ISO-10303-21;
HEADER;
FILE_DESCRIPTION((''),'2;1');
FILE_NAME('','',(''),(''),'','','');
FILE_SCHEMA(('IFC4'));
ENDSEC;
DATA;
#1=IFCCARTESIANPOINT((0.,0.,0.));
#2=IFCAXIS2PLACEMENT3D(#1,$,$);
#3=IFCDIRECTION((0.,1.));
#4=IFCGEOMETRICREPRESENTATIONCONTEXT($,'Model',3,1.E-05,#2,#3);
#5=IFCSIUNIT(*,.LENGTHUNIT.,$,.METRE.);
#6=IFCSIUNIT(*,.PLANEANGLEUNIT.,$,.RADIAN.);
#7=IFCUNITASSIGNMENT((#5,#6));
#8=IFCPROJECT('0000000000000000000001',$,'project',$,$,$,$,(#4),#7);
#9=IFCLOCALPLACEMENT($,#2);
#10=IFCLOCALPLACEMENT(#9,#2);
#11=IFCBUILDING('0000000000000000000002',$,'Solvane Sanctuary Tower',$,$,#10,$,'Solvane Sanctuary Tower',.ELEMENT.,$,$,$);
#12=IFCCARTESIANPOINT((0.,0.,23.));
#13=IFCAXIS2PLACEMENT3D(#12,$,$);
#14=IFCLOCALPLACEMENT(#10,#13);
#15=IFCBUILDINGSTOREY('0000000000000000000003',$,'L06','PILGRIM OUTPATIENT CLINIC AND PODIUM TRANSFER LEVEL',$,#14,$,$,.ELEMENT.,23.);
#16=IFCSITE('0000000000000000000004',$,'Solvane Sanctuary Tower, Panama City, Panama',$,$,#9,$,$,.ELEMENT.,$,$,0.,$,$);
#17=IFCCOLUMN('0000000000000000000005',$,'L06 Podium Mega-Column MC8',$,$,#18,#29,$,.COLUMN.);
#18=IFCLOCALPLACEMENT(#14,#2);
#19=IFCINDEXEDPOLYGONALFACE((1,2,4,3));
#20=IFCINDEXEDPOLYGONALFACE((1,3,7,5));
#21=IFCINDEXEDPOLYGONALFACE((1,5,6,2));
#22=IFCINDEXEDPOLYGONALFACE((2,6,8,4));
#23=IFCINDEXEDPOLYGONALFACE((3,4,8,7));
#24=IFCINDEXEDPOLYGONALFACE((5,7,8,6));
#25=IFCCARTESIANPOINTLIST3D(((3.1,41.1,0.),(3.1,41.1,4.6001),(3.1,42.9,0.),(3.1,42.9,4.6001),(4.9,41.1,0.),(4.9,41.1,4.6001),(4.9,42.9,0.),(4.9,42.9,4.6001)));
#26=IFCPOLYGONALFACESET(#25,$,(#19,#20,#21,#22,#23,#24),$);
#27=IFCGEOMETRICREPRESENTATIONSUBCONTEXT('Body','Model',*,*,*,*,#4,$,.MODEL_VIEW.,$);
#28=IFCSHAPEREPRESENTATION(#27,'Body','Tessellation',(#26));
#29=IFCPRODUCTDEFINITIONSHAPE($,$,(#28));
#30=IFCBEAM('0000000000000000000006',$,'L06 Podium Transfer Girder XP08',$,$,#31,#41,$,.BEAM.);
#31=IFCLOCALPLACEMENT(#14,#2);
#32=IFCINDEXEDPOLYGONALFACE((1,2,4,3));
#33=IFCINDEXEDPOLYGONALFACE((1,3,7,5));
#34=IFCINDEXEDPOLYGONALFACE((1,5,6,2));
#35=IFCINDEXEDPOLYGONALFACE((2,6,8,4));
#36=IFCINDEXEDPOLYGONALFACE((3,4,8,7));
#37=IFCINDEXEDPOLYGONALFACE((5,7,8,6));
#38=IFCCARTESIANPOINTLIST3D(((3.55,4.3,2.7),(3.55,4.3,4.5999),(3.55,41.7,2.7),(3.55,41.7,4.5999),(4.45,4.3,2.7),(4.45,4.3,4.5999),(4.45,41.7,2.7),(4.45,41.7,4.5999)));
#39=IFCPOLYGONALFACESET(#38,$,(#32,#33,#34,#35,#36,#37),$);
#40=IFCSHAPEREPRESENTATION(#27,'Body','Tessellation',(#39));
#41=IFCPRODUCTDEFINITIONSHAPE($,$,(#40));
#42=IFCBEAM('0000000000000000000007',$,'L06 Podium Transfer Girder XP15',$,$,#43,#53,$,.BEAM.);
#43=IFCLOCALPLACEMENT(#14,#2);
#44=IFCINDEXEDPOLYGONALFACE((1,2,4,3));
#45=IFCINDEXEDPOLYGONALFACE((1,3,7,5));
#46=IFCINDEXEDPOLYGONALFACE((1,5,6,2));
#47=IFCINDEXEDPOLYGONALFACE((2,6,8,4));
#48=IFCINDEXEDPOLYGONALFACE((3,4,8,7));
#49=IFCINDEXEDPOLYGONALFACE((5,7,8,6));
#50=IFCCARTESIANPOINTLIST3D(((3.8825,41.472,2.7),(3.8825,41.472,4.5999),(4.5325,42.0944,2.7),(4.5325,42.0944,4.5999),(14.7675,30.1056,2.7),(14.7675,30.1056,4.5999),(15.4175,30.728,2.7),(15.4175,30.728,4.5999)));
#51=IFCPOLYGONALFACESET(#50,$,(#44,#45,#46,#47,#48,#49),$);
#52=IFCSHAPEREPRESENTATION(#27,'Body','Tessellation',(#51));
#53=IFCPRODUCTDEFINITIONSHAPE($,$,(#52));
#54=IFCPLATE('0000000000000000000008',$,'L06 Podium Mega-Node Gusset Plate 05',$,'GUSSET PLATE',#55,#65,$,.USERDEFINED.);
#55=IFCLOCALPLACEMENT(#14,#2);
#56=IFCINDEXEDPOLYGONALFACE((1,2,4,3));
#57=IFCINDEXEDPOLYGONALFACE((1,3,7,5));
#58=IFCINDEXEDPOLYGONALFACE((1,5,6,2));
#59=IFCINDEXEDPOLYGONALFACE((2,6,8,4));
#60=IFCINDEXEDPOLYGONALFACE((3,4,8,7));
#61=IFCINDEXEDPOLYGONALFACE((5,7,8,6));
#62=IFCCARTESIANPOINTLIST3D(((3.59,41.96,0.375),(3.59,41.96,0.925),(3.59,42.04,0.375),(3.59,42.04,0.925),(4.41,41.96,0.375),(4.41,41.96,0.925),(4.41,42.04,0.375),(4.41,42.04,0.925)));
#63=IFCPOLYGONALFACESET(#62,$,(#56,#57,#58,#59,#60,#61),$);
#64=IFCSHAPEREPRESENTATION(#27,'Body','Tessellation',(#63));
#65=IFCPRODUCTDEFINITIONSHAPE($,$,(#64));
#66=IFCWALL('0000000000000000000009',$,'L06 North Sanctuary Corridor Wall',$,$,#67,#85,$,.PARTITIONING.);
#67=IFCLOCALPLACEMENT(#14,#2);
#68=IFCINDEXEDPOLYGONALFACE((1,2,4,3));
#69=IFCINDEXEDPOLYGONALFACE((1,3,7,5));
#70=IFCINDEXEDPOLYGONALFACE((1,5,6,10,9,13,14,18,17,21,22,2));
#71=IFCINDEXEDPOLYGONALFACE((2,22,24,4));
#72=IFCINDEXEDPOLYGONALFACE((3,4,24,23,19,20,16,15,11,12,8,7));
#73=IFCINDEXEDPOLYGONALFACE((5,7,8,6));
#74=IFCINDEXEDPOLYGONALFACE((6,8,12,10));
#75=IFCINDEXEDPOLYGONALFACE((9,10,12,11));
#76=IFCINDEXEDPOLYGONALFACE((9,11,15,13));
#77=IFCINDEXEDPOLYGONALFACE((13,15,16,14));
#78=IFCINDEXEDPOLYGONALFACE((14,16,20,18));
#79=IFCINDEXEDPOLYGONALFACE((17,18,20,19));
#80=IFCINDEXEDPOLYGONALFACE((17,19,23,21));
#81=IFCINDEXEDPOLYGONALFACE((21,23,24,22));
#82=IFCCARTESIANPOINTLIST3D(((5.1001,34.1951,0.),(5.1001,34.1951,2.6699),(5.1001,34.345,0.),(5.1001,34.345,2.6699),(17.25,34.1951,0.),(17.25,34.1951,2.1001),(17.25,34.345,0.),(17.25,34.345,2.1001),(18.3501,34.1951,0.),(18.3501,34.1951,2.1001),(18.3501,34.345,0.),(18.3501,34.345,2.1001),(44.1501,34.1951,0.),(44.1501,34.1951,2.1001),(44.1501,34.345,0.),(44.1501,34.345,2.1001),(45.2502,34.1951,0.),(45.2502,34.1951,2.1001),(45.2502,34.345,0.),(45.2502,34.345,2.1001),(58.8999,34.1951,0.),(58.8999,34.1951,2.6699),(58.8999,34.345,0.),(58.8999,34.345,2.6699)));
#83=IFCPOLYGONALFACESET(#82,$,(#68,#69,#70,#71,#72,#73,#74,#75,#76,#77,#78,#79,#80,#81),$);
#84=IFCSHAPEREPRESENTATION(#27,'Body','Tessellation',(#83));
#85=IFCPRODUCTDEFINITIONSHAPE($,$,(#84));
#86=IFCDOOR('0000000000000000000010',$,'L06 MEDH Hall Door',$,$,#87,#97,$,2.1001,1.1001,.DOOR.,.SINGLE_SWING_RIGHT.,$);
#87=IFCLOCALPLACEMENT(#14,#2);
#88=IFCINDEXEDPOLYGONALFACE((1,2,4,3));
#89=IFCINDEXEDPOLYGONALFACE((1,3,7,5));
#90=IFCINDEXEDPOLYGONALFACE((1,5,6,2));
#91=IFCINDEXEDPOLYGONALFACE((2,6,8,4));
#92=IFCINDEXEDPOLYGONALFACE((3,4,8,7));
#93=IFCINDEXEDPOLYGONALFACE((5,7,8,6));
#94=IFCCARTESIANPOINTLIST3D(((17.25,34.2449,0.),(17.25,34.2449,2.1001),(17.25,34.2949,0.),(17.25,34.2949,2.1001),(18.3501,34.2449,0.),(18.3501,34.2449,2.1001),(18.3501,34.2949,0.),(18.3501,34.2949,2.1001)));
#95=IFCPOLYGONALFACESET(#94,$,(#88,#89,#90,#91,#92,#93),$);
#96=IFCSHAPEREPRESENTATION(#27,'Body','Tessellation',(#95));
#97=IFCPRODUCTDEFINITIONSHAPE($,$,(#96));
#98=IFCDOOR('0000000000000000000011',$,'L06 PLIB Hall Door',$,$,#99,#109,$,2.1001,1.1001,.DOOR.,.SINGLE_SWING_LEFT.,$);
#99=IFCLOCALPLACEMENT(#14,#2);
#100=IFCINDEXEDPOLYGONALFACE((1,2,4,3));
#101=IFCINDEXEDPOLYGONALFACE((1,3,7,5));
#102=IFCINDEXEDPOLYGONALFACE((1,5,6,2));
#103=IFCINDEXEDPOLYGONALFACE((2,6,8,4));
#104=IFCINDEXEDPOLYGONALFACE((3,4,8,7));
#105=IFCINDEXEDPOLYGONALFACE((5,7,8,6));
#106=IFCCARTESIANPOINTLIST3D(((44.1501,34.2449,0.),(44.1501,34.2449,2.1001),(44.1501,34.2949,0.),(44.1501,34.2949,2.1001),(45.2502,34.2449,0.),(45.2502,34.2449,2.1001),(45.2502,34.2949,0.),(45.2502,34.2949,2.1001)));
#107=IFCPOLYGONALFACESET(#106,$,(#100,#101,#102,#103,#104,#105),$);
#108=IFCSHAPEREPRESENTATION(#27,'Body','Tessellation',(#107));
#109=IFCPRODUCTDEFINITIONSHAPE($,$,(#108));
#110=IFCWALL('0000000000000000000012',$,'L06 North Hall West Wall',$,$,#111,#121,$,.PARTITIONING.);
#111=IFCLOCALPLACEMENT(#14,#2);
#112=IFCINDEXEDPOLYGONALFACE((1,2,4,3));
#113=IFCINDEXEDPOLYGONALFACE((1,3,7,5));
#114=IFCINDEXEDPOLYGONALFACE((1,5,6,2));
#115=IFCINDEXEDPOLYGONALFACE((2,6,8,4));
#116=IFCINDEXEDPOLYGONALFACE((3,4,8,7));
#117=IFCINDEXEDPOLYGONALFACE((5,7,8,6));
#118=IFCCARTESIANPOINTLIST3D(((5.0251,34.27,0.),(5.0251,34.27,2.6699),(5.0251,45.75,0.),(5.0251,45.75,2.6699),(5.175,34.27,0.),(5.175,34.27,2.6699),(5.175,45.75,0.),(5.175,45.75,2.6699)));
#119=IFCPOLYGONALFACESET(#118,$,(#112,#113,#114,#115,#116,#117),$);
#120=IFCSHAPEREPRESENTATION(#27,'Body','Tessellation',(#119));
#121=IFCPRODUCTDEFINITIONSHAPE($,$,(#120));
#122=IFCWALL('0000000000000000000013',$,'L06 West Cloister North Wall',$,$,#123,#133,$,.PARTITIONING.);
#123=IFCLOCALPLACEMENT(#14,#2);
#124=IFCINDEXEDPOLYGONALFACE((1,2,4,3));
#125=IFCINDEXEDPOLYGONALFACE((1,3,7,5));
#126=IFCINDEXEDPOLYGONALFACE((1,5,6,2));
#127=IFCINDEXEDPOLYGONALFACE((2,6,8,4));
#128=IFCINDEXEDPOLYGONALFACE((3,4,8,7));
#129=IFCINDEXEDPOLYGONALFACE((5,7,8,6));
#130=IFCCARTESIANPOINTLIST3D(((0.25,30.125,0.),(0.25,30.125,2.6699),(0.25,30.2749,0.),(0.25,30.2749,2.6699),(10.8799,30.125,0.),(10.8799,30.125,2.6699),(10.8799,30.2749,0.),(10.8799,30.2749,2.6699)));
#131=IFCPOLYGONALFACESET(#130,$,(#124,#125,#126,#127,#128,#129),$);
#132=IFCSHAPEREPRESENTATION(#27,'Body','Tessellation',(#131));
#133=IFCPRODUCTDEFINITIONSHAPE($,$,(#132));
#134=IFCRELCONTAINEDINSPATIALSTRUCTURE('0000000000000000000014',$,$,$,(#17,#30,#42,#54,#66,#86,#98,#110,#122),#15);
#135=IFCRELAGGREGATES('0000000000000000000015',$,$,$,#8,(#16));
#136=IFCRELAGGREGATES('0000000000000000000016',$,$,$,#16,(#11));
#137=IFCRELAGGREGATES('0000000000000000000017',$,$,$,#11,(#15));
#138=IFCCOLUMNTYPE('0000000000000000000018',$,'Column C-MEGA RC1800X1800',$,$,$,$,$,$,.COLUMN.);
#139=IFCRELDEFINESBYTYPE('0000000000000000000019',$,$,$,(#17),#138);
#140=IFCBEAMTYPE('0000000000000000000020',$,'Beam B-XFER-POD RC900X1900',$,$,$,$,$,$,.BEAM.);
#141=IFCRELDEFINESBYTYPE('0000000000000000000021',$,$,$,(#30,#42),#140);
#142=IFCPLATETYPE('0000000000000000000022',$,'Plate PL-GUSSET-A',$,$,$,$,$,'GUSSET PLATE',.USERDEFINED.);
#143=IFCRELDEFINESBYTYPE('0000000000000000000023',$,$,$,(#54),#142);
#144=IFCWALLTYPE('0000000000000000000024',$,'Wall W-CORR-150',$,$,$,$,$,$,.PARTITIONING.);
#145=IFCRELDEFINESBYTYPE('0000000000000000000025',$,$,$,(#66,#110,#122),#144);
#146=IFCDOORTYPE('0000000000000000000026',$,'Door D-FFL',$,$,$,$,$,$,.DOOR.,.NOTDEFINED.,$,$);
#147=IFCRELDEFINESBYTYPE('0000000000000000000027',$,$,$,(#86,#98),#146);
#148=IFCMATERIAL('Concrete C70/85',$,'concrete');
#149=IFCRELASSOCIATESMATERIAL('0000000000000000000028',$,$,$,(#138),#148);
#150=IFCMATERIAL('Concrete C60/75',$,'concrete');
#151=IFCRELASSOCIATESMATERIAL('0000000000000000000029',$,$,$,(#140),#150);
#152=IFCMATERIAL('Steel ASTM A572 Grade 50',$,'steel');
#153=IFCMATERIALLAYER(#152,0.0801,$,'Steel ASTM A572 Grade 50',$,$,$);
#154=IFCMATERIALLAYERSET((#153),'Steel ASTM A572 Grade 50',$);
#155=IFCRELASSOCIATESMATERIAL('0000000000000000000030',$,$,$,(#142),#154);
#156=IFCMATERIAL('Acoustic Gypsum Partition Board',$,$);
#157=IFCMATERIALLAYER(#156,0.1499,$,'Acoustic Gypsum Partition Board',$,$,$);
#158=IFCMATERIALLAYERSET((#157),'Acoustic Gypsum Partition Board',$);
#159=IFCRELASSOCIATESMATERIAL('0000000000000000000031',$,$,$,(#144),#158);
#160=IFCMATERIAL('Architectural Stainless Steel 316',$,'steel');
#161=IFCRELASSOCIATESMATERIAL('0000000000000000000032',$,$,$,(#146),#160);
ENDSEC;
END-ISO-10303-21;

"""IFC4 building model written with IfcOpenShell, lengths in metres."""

from ifc_helpers import new_model, si_unit, direction, frame, frame_2d, origin, origin_2d, place, context, subcontext, project, spatial, rectangle, extrude, material, layer, layer_set, material_profile, profile_set, type_object, element, fill, save


model = new_model("IFC4")

# Units and contexts
model_context = context("Model", 3, precision=1e-05, world=origin(), true_north=direction((0.0, 1.0)))
body_context = subcontext(model_context, "Body", "Model", "MODEL_VIEW")
ifc_project = project(units=[si_unit("LENGTHUNIT", "METRE"), si_unit("PLANEANGLEUNIT", "RADIAN")], contexts=[model_context])

# Site, building, storey
site_placement = place(None, origin())
site = spatial("IfcSite", under=ifc_project, at=site_placement, Name="Solvane Sanctuary Tower, Panama City, Panama", CompositionType="ELEMENT", RefElevation=0.0)
building_placement = place(site_placement, origin())
building = spatial("IfcBuilding", under=site, at=building_placement, Name="Solvane Sanctuary Tower", LongName="Solvane Sanctuary Tower", CompositionType="ELEMENT")
storey_placement = place(building_placement, frame((0.0, 0.0, 23.0)))
storey = spatial("IfcBuildingStorey", under=building, at=storey_placement, Name="L06", Description="PILGRIM OUTPATIENT CLINIC AND PODIUM TRANSFER LEVEL", CompositionType="ELEMENT", Elevation=23.0)

# Column
ifc_material_1 = material(Name="Concrete C70/85", Category="concrete")
ifc_material_profile_1 = material_profile(ifc_material_1, rectangle(XDim=1.8, YDim=1.8, at=origin_2d()), Name="RC1800X1800")
ifc_profile_set_1 = profile_set([ifc_material_profile_1], Name="Concrete C70/85")
column_type = type_object("IfcColumnType", Name="Column C-MEGA RC1800X1800", PredefinedType="COLUMN", material=ifc_profile_set_1)
column_placement = place(storey_placement, frame((4.0, 42.0, 0.0), z_axis=(0.0, 0.0, 1.0), x_axis=(1.0, 0.0, 0.0)))
element("IfcColumn", 1, at=column_placement, inside=storey, type_object=column_type, Name="L06 Podium Mega-Column MC8", PredefinedType="COLUMN", context=body_context, shape_type="SweptSolid", body=[
    extrude(rectangle(XDim=1.8, YDim=1.8, at=origin_2d()), origin(), (0.0, 0.0, 1.0), 4.6001),
])

# Beams
ifc_material_2 = material(Name="Concrete C60/75", Category="concrete")
ifc_material_profile_2 = material_profile(ifc_material_2, rectangle(XDim=0.8999, YDim=1.8999, at=origin_2d()), Name="RC900X1900")
ifc_profile_set_2 = profile_set([ifc_material_profile_2], Name="Concrete C60/75")
beam_type = type_object("IfcBeamType", Name="Beam B-XFER-POD RC900X1900", PredefinedType="BEAM", material=ifc_profile_set_2)
beam_1_placement = place(storey_placement, frame((4.0, 41.7, 3.6499), z_axis=(0.0, -1.0, 0.0), x_axis=(1.0, 0.0, 0.0)))
element("IfcBeam", 2, at=beam_1_placement, inside=storey, type_object=beam_type, Name="L06 Podium Transfer Girder XP08", PredefinedType="BEAM", context=body_context, shape_type="SweptSolid", body=[
    extrude(rectangle(XDim=0.8999, YDim=1.8999, at=origin_2d()), origin(), (0.0, 0.0, 1.0), 37.3999),
])
beam_2_placement = place(storey_placement, frame((4.2075, 41.7832, 3.6499), z_axis=(0.691646, -0.722237, 0.0), x_axis=(0.722237, 0.691646, 0.0)))
element("IfcBeam", 3, at=beam_2_placement, inside=storey, type_object=beam_type, Name="L06 Podium Transfer Girder XP15", PredefinedType="BEAM", context=body_context, shape_type="SweptSolid", body=[
    extrude(rectangle(XDim=0.8999, YDim=1.8999, at=origin_2d()), origin(), (0.0, 0.0, 1.0), 15.7378),
])

# Plate
ifc_material_3 = material(Name="Steel ASTM A572 Grade 50", Category="steel")
ifc_layer_1 = layer(ifc_material_3, 0.0801, Name="Steel ASTM A572 Grade 50")
ifc_layer_set_1 = layer_set([ifc_layer_1], Name="Steel ASTM A572 Grade 50")
plate_type = type_object("IfcPlateType", Name="Plate PL-GUSSET-A", ElementType="GUSSET PLATE", PredefinedType="USERDEFINED", material=ifc_layer_set_1)
plate_placement = place(storey_placement, frame((4.0, 42.0, 0.375), z_axis=(0.0, 0.0, 1.0), x_axis=(1.0, 0.0, 0.0)))
element("IfcPlate", 4, at=plate_placement, inside=storey, type_object=plate_type, Name="L06 Podium Mega-Node Gusset Plate 05", ObjectType="GUSSET PLATE", PredefinedType="USERDEFINED", context=body_context, shape_type="SweptSolid", body=[
    extrude(rectangle(XDim=0.8201, YDim=0.0801, at=origin_2d()), origin(), (0.0, 0.0, 1.0), 0.55),
])

# Wall, openings, doors
ifc_material_4 = material(Name="Acoustic Gypsum Partition Board")
ifc_layer_2 = layer(ifc_material_4, 0.1499, Name="Acoustic Gypsum Partition Board")
ifc_layer_set_2 = layer_set([ifc_layer_2], Name="Acoustic Gypsum Partition Board")
wall_type_1 = type_object("IfcWallType", Name="Wall W-CORR-150", PredefinedType="PARTITIONING", material=ifc_layer_set_2)
wall_1_placement = place(storey_placement, frame((5.1001, 34.27, 0.0), z_axis=(0.0, 0.0, 1.0), x_axis=(1.0, 0.0, 0.0)))
wall_1 = element("IfcWall", 5, at=wall_1_placement, inside=storey, type_object=wall_type_1, Name="L06 North Sanctuary Corridor Wall", PredefinedType="PARTITIONING", context=body_context, shape_type="SweptSolid", body=[
    extrude(rectangle(XDim=53.7998, YDim=0.1499, at=frame_2d((26.8999, 0.0))), origin(), (0.0, 0.0, 1.0), 2.6699),
])
opening_1_placement = place(wall_1_placement, frame((12.1499, 0.0, 0.0)))
opening_1 = element("IfcOpeningElement", 6, at=opening_1_placement, cuts=wall_1, PredefinedType="OPENING", context=body_context, shape_type="SweptSolid", body=[
    extrude(rectangle(XDim=1.1001, YDim=2.1001, at=frame_2d((0.55, 1.05))), frame((0.0, 0.085, 0.0), z_axis=(0.0, -1.0, 0.0), x_axis=(1.0, 0.0, 0.0)), (0.0, 0.0, 1.0), 0.1699),
])
opening_2_placement = place(wall_1_placement, frame((39.05, 0.0, 0.0)))
opening_2 = element("IfcOpeningElement", 7, at=opening_2_placement, cuts=wall_1, PredefinedType="OPENING", context=body_context, shape_type="SweptSolid", body=[
    extrude(rectangle(XDim=1.1001, YDim=2.1001, at=frame_2d((0.55, 1.05))), frame((0.0, 0.085, 0.0), z_axis=(0.0, -1.0, 0.0), x_axis=(1.0, 0.0, 0.0)), (0.0, 0.0, 1.0), 0.1699),
])
ifc_material_5 = material(Name="Architectural Stainless Steel 316", Category="steel")
door_type = type_object("IfcDoorType", Name="Door D-FFL", OperationType="NOTDEFINED", PredefinedType="DOOR", material=ifc_material_5)
door_1_placement = place(opening_1_placement, origin())
door_1 = element("IfcDoor", 8, at=door_1_placement, inside=storey, type_object=door_type, Name="L06 MEDH Hall Door", OperationType="SINGLE_SWING_RIGHT", OverallHeight=2.1001, OverallWidth=1.1001, PredefinedType="DOOR", context=body_context, shape_type="SweptSolid", body=[
    extrude(rectangle(XDim=1.1001, YDim=2.1001, at=frame_2d((0.55, 1.05))), frame((0.0, 0.0249, 0.0), z_axis=(0.0, -1.0, 0.0), x_axis=(1.0, 0.0, 0.0)), (0.0, 0.0, 1.0), 0.05),
])
fill(opening_1, door_1)
door_2_placement = place(opening_2_placement, origin())
door_2 = element("IfcDoor", 9, at=door_2_placement, inside=storey, type_object=door_type, Name="L06 PLIB Hall Door", OperationType="SINGLE_SWING_LEFT", OverallHeight=2.1001, OverallWidth=1.1001, PredefinedType="DOOR", context=body_context, shape_type="SweptSolid", body=[
    extrude(rectangle(XDim=1.1001, YDim=2.1001, at=frame_2d((0.55, 1.05))), frame((0.0, 0.0249, 0.0), z_axis=(0.0, -1.0, 0.0), x_axis=(1.0, 0.0, 0.0)), (0.0, 0.0, 1.0), 0.05),
])
fill(opening_2, door_2)

# Walls
wall_2_placement = place(storey_placement, frame((5.1001, 34.27, 0.0), z_axis=(0.0, 0.0, 1.0), x_axis=(0.0, 1.0, 0.0)))
element("IfcWall", 10, at=wall_2_placement, inside=storey, type_object=wall_type_1, Name="L06 North Hall West Wall", PredefinedType="PARTITIONING", context=body_context, shape_type="SweptSolid", body=[
    extrude(rectangle(XDim=11.48, YDim=0.1499, at=frame_2d((5.74, 0.0))), origin(), (0.0, 0.0, 1.0), 2.6699),
])
wall_3_placement = place(storey_placement, frame((0.25, 30.2, 0.0), z_axis=(0.0, 0.0, 1.0), x_axis=(1.0, 0.0, 0.0)))
element("IfcWall", 11, at=wall_3_placement, inside=storey, type_object=wall_type_1, Name="L06 West Cloister North Wall", PredefinedType="PARTITIONING", context=body_context, shape_type="SweptSolid", body=[
    extrude(rectangle(XDim=10.6299, YDim=0.1499, at=frame_2d((5.3149, 0.0))), origin(), (0.0, 0.0, 1.0), 2.6699),
])

save(model, "model.ifc")
